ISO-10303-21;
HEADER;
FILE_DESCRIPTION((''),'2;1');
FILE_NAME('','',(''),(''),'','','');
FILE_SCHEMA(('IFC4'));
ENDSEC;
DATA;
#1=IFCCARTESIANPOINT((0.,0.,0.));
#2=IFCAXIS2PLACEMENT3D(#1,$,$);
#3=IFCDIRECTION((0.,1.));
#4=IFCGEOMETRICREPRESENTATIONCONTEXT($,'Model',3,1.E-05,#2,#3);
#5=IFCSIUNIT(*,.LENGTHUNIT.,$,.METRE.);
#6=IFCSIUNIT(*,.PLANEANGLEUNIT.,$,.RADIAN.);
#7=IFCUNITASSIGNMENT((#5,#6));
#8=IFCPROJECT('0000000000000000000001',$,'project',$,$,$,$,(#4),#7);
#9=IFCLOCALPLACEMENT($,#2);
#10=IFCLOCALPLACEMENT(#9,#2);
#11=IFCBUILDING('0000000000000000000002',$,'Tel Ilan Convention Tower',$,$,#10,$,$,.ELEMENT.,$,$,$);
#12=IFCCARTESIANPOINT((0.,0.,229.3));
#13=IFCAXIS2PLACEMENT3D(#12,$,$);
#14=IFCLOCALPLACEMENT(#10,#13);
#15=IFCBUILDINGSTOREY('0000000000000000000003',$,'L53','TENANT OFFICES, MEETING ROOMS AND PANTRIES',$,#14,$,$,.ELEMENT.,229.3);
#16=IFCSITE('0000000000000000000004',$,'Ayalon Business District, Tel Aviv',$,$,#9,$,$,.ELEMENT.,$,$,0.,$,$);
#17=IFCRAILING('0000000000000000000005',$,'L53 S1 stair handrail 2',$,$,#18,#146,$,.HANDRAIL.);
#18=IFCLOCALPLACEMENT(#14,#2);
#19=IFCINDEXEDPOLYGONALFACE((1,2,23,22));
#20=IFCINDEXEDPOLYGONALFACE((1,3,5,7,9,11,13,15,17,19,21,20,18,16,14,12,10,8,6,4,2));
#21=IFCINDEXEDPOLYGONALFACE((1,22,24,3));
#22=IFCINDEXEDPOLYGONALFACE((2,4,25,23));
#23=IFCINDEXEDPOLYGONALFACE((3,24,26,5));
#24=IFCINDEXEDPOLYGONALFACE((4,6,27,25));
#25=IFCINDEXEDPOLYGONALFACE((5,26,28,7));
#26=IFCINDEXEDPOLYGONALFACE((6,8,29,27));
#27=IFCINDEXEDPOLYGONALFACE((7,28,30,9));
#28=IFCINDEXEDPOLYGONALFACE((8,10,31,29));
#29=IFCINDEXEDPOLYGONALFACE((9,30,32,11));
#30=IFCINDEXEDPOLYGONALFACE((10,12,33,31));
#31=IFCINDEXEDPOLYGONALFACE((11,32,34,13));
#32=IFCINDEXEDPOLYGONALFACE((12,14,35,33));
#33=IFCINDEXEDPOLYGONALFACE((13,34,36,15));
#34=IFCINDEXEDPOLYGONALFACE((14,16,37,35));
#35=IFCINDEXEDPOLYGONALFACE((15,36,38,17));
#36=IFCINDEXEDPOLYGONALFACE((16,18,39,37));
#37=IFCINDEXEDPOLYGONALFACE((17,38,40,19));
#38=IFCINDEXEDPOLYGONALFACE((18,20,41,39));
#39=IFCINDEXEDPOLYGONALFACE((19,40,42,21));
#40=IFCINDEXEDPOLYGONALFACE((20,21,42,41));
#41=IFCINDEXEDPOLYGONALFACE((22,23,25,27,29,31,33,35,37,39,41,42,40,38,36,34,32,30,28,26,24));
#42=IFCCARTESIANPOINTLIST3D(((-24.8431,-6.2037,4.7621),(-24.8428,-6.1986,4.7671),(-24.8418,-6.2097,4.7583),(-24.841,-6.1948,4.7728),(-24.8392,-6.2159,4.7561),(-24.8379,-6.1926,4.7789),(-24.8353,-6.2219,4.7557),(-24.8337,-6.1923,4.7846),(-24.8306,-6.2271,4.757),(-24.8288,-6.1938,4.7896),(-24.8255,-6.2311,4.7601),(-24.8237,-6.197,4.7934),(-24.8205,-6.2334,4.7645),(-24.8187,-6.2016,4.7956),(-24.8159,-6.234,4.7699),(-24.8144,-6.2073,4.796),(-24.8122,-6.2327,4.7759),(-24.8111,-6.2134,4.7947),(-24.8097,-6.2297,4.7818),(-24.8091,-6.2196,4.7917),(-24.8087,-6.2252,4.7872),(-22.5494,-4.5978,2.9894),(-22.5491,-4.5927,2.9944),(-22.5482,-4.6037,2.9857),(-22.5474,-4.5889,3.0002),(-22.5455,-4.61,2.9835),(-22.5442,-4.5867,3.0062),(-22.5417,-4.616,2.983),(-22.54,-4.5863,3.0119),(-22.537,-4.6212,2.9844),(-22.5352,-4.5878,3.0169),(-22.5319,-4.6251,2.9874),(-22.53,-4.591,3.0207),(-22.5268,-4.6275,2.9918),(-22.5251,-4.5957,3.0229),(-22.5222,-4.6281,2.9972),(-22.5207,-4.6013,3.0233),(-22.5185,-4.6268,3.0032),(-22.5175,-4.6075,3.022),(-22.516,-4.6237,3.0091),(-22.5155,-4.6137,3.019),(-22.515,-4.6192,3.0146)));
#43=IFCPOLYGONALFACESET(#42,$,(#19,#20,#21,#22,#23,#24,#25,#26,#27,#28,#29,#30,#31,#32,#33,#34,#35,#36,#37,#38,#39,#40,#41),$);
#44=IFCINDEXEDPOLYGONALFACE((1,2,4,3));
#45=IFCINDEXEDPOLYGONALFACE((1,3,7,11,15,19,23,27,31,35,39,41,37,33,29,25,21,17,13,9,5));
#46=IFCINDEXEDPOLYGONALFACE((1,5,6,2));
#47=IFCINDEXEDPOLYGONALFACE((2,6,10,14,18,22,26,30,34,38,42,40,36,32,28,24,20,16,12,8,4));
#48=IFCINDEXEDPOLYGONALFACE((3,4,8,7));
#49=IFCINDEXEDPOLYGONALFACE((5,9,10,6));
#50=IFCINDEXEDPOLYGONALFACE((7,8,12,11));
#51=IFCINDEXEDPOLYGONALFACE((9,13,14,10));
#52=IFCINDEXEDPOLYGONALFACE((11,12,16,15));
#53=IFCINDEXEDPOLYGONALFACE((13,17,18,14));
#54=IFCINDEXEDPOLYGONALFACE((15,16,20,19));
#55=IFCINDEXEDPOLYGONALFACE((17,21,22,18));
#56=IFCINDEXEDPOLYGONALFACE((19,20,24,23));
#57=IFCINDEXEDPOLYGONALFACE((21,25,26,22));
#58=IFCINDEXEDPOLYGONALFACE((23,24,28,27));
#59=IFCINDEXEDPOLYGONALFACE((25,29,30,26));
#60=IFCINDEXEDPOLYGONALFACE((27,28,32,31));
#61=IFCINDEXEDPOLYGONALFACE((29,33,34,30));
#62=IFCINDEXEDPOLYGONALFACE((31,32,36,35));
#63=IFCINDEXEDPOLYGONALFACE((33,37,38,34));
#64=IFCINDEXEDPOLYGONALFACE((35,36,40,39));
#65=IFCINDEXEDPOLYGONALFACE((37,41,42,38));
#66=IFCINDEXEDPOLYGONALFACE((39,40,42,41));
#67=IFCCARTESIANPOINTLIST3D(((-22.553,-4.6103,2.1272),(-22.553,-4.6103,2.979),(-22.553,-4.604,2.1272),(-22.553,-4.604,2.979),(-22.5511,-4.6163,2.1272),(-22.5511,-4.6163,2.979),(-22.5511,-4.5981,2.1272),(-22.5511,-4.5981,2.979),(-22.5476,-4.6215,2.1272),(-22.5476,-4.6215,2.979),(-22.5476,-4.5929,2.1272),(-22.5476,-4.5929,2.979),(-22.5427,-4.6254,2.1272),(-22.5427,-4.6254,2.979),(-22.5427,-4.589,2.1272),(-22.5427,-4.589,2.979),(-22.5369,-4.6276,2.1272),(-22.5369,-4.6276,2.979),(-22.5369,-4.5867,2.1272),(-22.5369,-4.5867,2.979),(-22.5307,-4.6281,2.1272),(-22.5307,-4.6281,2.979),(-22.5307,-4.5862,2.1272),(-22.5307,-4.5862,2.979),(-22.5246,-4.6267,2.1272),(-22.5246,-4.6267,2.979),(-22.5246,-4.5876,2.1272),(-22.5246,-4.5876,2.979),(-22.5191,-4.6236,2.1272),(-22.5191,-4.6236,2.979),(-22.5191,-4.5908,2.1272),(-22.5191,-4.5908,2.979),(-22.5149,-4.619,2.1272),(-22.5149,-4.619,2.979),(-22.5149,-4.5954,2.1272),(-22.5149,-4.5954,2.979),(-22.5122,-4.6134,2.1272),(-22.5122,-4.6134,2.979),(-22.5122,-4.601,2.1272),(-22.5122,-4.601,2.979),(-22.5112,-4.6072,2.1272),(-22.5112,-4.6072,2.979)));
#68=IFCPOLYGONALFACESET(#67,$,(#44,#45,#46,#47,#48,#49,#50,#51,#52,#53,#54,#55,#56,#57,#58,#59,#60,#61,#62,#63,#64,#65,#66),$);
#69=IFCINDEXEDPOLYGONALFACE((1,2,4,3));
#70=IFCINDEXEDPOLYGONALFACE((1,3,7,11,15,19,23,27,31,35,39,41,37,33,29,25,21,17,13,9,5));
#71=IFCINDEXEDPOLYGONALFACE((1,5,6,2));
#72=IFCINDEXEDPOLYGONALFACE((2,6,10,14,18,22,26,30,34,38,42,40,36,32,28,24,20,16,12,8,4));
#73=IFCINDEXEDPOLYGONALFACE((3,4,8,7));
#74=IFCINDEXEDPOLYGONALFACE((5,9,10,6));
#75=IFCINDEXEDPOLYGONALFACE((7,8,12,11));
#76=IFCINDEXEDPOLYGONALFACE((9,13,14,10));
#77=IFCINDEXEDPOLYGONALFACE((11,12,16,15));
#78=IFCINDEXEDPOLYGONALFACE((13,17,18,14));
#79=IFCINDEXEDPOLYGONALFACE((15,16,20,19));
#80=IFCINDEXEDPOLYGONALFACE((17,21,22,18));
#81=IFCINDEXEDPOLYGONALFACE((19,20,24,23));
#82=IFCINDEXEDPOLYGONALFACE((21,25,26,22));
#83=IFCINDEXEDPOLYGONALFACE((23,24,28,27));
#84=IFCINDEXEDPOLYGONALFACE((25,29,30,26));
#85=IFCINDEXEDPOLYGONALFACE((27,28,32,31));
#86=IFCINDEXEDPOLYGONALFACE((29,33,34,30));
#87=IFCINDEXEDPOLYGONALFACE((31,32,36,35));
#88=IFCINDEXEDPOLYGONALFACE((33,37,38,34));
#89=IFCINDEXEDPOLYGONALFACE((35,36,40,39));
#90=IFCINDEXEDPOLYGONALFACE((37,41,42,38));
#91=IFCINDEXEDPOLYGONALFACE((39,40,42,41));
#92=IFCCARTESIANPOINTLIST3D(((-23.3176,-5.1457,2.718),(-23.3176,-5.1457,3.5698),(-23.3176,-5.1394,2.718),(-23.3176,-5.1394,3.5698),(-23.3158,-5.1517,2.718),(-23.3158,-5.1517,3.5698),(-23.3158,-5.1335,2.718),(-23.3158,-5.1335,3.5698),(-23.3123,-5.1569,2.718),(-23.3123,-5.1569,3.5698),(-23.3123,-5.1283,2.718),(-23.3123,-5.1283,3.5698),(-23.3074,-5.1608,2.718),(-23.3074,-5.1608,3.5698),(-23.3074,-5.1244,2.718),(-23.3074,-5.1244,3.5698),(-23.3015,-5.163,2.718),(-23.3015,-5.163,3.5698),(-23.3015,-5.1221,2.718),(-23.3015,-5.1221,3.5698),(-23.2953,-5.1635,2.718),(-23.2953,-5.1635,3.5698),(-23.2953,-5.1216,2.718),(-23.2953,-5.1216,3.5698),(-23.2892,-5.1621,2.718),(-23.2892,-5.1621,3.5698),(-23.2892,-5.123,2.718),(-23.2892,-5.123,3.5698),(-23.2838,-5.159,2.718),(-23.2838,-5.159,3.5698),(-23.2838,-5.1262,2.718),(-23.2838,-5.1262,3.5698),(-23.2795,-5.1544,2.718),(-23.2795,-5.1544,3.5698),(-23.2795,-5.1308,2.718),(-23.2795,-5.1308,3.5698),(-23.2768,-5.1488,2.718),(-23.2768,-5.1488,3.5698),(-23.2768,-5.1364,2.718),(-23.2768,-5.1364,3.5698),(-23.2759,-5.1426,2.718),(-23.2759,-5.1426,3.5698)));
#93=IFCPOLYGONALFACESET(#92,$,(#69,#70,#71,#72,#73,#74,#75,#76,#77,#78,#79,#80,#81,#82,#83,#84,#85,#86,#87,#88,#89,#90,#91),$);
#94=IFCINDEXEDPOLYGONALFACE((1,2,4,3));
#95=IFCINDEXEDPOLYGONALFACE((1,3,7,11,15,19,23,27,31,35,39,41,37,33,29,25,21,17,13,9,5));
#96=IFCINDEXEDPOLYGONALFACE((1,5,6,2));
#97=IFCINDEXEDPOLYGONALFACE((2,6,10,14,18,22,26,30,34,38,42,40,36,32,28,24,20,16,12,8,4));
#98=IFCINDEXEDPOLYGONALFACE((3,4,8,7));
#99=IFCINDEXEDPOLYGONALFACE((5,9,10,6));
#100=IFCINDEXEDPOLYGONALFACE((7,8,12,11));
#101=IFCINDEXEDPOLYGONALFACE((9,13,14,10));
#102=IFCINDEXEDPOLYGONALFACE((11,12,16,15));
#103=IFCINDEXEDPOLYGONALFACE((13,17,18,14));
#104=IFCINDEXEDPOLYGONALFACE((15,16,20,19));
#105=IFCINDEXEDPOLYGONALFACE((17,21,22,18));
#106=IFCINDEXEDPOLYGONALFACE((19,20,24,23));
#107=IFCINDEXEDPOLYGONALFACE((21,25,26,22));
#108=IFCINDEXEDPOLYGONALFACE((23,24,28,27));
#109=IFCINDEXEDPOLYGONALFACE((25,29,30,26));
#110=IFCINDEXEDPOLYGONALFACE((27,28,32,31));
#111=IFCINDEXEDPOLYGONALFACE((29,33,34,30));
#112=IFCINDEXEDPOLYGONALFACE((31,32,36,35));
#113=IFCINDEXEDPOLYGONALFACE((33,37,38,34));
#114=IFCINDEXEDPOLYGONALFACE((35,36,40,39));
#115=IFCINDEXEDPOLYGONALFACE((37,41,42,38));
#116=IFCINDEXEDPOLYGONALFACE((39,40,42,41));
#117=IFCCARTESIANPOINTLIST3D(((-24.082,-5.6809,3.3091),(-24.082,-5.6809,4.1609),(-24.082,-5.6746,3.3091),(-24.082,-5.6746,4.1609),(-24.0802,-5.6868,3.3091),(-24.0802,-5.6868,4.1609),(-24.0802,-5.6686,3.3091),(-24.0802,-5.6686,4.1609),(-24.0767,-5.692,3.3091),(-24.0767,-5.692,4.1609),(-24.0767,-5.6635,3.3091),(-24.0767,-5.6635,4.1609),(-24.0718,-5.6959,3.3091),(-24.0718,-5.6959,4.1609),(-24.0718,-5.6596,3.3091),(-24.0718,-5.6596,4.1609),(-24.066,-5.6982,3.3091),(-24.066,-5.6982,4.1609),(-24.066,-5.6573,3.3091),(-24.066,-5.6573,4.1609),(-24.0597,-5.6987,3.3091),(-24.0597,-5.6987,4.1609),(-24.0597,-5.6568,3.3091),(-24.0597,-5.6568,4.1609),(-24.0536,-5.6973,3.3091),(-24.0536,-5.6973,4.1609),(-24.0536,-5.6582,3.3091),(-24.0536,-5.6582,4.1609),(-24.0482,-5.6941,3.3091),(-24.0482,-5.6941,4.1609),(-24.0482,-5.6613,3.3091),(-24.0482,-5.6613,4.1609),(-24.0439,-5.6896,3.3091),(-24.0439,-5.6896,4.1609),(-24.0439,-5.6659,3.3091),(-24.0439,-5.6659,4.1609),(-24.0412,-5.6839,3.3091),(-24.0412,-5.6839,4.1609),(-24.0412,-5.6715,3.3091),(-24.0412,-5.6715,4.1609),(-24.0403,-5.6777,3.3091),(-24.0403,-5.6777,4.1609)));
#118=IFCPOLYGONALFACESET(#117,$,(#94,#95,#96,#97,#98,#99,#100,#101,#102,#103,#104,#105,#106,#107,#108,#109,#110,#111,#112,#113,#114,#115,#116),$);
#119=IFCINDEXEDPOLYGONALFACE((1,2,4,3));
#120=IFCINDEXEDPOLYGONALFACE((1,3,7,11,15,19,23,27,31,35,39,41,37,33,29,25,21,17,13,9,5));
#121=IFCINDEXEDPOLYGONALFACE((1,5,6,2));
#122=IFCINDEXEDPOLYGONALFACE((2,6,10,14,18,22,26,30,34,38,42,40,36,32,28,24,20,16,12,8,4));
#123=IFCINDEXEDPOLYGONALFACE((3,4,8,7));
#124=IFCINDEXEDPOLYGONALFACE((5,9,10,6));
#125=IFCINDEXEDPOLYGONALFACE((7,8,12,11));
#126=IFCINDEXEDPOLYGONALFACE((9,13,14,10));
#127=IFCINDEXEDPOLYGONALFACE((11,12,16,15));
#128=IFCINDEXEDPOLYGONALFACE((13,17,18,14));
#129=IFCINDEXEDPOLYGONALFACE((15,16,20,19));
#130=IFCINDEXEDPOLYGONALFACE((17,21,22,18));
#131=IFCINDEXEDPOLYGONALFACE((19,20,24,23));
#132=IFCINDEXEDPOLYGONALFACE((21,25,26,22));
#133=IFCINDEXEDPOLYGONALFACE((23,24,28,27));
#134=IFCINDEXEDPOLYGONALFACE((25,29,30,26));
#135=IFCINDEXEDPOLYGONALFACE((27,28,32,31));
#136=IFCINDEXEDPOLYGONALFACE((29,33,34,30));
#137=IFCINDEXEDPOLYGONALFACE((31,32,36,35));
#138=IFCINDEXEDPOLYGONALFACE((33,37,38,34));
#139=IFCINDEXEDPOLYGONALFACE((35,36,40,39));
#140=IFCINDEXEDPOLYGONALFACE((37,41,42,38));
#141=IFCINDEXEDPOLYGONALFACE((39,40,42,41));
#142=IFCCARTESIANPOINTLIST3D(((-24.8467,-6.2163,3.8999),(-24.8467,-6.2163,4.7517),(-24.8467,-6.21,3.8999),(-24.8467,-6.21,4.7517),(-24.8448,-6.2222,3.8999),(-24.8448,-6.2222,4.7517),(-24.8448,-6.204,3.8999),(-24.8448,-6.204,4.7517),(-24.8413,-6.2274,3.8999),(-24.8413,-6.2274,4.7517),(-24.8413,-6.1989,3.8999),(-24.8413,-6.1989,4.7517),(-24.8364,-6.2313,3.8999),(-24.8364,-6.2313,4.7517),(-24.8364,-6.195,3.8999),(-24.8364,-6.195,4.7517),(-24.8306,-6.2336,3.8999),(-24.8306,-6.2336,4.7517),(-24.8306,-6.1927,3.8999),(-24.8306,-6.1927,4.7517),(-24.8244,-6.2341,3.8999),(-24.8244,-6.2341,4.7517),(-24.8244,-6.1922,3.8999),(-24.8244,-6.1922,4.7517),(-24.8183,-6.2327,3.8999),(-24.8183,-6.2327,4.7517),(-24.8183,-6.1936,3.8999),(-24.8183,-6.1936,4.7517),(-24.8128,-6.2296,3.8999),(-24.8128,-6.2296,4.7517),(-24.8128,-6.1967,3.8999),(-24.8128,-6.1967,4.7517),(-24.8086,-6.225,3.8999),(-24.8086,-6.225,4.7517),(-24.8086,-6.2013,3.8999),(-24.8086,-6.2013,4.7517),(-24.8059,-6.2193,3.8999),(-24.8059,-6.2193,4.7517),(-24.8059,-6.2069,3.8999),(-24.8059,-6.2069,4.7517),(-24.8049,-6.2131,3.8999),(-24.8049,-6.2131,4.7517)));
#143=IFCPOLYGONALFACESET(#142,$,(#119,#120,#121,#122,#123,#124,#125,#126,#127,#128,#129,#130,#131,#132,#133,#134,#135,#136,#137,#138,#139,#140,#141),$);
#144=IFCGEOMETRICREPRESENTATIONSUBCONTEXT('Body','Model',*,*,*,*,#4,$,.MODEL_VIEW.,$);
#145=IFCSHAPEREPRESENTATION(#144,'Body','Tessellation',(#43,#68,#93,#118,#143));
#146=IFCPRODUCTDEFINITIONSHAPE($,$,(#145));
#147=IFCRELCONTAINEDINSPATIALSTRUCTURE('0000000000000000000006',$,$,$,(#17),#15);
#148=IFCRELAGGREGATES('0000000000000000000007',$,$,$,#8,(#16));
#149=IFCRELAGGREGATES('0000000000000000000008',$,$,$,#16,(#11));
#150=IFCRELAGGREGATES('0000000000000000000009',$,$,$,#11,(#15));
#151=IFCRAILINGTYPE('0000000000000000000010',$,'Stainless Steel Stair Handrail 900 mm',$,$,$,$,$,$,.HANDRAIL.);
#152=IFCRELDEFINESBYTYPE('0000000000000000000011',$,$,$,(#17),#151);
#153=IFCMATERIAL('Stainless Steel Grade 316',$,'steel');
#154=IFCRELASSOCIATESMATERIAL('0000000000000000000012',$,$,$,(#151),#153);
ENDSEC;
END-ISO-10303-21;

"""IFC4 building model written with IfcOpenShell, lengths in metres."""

from ifc_helpers import new_model, si_unit, direction, frame, origin, origin_2d, place, context, subcontext, project, spatial, circle, extrude, material, type_object, element, save


model = new_model("IFC4")

# Units and contexts
model_context = context("Model", 3, precision=1e-05, world=origin(), true_north=direction((0.0, 1.0)))
body_context = subcontext(model_context, "Body", "Model", "MODEL_VIEW")
ifc_project = project(units=[si_unit("LENGTHUNIT", "METRE"), si_unit("PLANEANGLEUNIT", "RADIAN")], contexts=[model_context])

# Site, building, storey
site_placement = place(None, origin())
site = spatial("IfcSite", under=ifc_project, at=site_placement, Name="Ayalon Business District, Tel Aviv", CompositionType="ELEMENT", RefElevation=0.0)
building_placement = place(site_placement, origin())
building = spatial("IfcBuilding", under=site, at=building_placement, Name="Tel Ilan Convention Tower", CompositionType="ELEMENT")
storey_placement = place(building_placement, frame((0.0, 0.0, 229.3)))
storey = spatial("IfcBuildingStorey", under=building, at=storey_placement, Name="L53", Description="TENANT OFFICES, MEETING ROOMS AND PANTRIES", CompositionType="ELEMENT", Elevation=229.3)

# Railing
ifc_material_1 = material(Name="Stainless Steel Grade 316", Category="steel")
railing_type_1 = type_object("IfcRailingType", Name="Stainless Steel Stair Handrail 900 mm", PredefinedType="HANDRAIL", material=ifc_material_1)
for number, where, name in (
    (1, (-22.5322, -4.6072, 2.1272), "L53 S1 stair handrail 2"),
):
    element("IfcRailing", number, at=place(storey_placement, frame(where)), inside=storey, type_object=railing_type_1, Name=name, PredefinedType="HANDRAIL", context=body_context, shape_type="SweptSolid", body=[
        extrude(circle(Radius=0.0239, at=origin_2d()), frame((0.0, 0.0, 0.876), z_axis=(-0.692123, -0.484597, 0.534913), x_axis=(0.57355, -0.81917, 0.0)), (0.0, 0.0, 1.0), 3.314),
        extrude(circle(Radius=0.021, at=origin_2d()), origin(), (0.0, 0.0, 1.0), 0.8518),
        extrude(circle(Radius=0.021, at=origin_2d()), frame((-0.7646, -0.5354, 0.5908)), (0.0, 0.0, 1.0), 0.8518),
        extrude(circle(Radius=0.021, at=origin_2d()), frame((-1.5291, -1.0706, 1.1819)), (0.0, 0.0, 1.0), 0.8518),
        extrude(circle(Radius=0.021, at=origin_2d()), frame((-2.2937, -1.606, 1.7727)), (0.0, 0.0, 1.0), 0.8518),
    ])

save(model, "model.ifc")
